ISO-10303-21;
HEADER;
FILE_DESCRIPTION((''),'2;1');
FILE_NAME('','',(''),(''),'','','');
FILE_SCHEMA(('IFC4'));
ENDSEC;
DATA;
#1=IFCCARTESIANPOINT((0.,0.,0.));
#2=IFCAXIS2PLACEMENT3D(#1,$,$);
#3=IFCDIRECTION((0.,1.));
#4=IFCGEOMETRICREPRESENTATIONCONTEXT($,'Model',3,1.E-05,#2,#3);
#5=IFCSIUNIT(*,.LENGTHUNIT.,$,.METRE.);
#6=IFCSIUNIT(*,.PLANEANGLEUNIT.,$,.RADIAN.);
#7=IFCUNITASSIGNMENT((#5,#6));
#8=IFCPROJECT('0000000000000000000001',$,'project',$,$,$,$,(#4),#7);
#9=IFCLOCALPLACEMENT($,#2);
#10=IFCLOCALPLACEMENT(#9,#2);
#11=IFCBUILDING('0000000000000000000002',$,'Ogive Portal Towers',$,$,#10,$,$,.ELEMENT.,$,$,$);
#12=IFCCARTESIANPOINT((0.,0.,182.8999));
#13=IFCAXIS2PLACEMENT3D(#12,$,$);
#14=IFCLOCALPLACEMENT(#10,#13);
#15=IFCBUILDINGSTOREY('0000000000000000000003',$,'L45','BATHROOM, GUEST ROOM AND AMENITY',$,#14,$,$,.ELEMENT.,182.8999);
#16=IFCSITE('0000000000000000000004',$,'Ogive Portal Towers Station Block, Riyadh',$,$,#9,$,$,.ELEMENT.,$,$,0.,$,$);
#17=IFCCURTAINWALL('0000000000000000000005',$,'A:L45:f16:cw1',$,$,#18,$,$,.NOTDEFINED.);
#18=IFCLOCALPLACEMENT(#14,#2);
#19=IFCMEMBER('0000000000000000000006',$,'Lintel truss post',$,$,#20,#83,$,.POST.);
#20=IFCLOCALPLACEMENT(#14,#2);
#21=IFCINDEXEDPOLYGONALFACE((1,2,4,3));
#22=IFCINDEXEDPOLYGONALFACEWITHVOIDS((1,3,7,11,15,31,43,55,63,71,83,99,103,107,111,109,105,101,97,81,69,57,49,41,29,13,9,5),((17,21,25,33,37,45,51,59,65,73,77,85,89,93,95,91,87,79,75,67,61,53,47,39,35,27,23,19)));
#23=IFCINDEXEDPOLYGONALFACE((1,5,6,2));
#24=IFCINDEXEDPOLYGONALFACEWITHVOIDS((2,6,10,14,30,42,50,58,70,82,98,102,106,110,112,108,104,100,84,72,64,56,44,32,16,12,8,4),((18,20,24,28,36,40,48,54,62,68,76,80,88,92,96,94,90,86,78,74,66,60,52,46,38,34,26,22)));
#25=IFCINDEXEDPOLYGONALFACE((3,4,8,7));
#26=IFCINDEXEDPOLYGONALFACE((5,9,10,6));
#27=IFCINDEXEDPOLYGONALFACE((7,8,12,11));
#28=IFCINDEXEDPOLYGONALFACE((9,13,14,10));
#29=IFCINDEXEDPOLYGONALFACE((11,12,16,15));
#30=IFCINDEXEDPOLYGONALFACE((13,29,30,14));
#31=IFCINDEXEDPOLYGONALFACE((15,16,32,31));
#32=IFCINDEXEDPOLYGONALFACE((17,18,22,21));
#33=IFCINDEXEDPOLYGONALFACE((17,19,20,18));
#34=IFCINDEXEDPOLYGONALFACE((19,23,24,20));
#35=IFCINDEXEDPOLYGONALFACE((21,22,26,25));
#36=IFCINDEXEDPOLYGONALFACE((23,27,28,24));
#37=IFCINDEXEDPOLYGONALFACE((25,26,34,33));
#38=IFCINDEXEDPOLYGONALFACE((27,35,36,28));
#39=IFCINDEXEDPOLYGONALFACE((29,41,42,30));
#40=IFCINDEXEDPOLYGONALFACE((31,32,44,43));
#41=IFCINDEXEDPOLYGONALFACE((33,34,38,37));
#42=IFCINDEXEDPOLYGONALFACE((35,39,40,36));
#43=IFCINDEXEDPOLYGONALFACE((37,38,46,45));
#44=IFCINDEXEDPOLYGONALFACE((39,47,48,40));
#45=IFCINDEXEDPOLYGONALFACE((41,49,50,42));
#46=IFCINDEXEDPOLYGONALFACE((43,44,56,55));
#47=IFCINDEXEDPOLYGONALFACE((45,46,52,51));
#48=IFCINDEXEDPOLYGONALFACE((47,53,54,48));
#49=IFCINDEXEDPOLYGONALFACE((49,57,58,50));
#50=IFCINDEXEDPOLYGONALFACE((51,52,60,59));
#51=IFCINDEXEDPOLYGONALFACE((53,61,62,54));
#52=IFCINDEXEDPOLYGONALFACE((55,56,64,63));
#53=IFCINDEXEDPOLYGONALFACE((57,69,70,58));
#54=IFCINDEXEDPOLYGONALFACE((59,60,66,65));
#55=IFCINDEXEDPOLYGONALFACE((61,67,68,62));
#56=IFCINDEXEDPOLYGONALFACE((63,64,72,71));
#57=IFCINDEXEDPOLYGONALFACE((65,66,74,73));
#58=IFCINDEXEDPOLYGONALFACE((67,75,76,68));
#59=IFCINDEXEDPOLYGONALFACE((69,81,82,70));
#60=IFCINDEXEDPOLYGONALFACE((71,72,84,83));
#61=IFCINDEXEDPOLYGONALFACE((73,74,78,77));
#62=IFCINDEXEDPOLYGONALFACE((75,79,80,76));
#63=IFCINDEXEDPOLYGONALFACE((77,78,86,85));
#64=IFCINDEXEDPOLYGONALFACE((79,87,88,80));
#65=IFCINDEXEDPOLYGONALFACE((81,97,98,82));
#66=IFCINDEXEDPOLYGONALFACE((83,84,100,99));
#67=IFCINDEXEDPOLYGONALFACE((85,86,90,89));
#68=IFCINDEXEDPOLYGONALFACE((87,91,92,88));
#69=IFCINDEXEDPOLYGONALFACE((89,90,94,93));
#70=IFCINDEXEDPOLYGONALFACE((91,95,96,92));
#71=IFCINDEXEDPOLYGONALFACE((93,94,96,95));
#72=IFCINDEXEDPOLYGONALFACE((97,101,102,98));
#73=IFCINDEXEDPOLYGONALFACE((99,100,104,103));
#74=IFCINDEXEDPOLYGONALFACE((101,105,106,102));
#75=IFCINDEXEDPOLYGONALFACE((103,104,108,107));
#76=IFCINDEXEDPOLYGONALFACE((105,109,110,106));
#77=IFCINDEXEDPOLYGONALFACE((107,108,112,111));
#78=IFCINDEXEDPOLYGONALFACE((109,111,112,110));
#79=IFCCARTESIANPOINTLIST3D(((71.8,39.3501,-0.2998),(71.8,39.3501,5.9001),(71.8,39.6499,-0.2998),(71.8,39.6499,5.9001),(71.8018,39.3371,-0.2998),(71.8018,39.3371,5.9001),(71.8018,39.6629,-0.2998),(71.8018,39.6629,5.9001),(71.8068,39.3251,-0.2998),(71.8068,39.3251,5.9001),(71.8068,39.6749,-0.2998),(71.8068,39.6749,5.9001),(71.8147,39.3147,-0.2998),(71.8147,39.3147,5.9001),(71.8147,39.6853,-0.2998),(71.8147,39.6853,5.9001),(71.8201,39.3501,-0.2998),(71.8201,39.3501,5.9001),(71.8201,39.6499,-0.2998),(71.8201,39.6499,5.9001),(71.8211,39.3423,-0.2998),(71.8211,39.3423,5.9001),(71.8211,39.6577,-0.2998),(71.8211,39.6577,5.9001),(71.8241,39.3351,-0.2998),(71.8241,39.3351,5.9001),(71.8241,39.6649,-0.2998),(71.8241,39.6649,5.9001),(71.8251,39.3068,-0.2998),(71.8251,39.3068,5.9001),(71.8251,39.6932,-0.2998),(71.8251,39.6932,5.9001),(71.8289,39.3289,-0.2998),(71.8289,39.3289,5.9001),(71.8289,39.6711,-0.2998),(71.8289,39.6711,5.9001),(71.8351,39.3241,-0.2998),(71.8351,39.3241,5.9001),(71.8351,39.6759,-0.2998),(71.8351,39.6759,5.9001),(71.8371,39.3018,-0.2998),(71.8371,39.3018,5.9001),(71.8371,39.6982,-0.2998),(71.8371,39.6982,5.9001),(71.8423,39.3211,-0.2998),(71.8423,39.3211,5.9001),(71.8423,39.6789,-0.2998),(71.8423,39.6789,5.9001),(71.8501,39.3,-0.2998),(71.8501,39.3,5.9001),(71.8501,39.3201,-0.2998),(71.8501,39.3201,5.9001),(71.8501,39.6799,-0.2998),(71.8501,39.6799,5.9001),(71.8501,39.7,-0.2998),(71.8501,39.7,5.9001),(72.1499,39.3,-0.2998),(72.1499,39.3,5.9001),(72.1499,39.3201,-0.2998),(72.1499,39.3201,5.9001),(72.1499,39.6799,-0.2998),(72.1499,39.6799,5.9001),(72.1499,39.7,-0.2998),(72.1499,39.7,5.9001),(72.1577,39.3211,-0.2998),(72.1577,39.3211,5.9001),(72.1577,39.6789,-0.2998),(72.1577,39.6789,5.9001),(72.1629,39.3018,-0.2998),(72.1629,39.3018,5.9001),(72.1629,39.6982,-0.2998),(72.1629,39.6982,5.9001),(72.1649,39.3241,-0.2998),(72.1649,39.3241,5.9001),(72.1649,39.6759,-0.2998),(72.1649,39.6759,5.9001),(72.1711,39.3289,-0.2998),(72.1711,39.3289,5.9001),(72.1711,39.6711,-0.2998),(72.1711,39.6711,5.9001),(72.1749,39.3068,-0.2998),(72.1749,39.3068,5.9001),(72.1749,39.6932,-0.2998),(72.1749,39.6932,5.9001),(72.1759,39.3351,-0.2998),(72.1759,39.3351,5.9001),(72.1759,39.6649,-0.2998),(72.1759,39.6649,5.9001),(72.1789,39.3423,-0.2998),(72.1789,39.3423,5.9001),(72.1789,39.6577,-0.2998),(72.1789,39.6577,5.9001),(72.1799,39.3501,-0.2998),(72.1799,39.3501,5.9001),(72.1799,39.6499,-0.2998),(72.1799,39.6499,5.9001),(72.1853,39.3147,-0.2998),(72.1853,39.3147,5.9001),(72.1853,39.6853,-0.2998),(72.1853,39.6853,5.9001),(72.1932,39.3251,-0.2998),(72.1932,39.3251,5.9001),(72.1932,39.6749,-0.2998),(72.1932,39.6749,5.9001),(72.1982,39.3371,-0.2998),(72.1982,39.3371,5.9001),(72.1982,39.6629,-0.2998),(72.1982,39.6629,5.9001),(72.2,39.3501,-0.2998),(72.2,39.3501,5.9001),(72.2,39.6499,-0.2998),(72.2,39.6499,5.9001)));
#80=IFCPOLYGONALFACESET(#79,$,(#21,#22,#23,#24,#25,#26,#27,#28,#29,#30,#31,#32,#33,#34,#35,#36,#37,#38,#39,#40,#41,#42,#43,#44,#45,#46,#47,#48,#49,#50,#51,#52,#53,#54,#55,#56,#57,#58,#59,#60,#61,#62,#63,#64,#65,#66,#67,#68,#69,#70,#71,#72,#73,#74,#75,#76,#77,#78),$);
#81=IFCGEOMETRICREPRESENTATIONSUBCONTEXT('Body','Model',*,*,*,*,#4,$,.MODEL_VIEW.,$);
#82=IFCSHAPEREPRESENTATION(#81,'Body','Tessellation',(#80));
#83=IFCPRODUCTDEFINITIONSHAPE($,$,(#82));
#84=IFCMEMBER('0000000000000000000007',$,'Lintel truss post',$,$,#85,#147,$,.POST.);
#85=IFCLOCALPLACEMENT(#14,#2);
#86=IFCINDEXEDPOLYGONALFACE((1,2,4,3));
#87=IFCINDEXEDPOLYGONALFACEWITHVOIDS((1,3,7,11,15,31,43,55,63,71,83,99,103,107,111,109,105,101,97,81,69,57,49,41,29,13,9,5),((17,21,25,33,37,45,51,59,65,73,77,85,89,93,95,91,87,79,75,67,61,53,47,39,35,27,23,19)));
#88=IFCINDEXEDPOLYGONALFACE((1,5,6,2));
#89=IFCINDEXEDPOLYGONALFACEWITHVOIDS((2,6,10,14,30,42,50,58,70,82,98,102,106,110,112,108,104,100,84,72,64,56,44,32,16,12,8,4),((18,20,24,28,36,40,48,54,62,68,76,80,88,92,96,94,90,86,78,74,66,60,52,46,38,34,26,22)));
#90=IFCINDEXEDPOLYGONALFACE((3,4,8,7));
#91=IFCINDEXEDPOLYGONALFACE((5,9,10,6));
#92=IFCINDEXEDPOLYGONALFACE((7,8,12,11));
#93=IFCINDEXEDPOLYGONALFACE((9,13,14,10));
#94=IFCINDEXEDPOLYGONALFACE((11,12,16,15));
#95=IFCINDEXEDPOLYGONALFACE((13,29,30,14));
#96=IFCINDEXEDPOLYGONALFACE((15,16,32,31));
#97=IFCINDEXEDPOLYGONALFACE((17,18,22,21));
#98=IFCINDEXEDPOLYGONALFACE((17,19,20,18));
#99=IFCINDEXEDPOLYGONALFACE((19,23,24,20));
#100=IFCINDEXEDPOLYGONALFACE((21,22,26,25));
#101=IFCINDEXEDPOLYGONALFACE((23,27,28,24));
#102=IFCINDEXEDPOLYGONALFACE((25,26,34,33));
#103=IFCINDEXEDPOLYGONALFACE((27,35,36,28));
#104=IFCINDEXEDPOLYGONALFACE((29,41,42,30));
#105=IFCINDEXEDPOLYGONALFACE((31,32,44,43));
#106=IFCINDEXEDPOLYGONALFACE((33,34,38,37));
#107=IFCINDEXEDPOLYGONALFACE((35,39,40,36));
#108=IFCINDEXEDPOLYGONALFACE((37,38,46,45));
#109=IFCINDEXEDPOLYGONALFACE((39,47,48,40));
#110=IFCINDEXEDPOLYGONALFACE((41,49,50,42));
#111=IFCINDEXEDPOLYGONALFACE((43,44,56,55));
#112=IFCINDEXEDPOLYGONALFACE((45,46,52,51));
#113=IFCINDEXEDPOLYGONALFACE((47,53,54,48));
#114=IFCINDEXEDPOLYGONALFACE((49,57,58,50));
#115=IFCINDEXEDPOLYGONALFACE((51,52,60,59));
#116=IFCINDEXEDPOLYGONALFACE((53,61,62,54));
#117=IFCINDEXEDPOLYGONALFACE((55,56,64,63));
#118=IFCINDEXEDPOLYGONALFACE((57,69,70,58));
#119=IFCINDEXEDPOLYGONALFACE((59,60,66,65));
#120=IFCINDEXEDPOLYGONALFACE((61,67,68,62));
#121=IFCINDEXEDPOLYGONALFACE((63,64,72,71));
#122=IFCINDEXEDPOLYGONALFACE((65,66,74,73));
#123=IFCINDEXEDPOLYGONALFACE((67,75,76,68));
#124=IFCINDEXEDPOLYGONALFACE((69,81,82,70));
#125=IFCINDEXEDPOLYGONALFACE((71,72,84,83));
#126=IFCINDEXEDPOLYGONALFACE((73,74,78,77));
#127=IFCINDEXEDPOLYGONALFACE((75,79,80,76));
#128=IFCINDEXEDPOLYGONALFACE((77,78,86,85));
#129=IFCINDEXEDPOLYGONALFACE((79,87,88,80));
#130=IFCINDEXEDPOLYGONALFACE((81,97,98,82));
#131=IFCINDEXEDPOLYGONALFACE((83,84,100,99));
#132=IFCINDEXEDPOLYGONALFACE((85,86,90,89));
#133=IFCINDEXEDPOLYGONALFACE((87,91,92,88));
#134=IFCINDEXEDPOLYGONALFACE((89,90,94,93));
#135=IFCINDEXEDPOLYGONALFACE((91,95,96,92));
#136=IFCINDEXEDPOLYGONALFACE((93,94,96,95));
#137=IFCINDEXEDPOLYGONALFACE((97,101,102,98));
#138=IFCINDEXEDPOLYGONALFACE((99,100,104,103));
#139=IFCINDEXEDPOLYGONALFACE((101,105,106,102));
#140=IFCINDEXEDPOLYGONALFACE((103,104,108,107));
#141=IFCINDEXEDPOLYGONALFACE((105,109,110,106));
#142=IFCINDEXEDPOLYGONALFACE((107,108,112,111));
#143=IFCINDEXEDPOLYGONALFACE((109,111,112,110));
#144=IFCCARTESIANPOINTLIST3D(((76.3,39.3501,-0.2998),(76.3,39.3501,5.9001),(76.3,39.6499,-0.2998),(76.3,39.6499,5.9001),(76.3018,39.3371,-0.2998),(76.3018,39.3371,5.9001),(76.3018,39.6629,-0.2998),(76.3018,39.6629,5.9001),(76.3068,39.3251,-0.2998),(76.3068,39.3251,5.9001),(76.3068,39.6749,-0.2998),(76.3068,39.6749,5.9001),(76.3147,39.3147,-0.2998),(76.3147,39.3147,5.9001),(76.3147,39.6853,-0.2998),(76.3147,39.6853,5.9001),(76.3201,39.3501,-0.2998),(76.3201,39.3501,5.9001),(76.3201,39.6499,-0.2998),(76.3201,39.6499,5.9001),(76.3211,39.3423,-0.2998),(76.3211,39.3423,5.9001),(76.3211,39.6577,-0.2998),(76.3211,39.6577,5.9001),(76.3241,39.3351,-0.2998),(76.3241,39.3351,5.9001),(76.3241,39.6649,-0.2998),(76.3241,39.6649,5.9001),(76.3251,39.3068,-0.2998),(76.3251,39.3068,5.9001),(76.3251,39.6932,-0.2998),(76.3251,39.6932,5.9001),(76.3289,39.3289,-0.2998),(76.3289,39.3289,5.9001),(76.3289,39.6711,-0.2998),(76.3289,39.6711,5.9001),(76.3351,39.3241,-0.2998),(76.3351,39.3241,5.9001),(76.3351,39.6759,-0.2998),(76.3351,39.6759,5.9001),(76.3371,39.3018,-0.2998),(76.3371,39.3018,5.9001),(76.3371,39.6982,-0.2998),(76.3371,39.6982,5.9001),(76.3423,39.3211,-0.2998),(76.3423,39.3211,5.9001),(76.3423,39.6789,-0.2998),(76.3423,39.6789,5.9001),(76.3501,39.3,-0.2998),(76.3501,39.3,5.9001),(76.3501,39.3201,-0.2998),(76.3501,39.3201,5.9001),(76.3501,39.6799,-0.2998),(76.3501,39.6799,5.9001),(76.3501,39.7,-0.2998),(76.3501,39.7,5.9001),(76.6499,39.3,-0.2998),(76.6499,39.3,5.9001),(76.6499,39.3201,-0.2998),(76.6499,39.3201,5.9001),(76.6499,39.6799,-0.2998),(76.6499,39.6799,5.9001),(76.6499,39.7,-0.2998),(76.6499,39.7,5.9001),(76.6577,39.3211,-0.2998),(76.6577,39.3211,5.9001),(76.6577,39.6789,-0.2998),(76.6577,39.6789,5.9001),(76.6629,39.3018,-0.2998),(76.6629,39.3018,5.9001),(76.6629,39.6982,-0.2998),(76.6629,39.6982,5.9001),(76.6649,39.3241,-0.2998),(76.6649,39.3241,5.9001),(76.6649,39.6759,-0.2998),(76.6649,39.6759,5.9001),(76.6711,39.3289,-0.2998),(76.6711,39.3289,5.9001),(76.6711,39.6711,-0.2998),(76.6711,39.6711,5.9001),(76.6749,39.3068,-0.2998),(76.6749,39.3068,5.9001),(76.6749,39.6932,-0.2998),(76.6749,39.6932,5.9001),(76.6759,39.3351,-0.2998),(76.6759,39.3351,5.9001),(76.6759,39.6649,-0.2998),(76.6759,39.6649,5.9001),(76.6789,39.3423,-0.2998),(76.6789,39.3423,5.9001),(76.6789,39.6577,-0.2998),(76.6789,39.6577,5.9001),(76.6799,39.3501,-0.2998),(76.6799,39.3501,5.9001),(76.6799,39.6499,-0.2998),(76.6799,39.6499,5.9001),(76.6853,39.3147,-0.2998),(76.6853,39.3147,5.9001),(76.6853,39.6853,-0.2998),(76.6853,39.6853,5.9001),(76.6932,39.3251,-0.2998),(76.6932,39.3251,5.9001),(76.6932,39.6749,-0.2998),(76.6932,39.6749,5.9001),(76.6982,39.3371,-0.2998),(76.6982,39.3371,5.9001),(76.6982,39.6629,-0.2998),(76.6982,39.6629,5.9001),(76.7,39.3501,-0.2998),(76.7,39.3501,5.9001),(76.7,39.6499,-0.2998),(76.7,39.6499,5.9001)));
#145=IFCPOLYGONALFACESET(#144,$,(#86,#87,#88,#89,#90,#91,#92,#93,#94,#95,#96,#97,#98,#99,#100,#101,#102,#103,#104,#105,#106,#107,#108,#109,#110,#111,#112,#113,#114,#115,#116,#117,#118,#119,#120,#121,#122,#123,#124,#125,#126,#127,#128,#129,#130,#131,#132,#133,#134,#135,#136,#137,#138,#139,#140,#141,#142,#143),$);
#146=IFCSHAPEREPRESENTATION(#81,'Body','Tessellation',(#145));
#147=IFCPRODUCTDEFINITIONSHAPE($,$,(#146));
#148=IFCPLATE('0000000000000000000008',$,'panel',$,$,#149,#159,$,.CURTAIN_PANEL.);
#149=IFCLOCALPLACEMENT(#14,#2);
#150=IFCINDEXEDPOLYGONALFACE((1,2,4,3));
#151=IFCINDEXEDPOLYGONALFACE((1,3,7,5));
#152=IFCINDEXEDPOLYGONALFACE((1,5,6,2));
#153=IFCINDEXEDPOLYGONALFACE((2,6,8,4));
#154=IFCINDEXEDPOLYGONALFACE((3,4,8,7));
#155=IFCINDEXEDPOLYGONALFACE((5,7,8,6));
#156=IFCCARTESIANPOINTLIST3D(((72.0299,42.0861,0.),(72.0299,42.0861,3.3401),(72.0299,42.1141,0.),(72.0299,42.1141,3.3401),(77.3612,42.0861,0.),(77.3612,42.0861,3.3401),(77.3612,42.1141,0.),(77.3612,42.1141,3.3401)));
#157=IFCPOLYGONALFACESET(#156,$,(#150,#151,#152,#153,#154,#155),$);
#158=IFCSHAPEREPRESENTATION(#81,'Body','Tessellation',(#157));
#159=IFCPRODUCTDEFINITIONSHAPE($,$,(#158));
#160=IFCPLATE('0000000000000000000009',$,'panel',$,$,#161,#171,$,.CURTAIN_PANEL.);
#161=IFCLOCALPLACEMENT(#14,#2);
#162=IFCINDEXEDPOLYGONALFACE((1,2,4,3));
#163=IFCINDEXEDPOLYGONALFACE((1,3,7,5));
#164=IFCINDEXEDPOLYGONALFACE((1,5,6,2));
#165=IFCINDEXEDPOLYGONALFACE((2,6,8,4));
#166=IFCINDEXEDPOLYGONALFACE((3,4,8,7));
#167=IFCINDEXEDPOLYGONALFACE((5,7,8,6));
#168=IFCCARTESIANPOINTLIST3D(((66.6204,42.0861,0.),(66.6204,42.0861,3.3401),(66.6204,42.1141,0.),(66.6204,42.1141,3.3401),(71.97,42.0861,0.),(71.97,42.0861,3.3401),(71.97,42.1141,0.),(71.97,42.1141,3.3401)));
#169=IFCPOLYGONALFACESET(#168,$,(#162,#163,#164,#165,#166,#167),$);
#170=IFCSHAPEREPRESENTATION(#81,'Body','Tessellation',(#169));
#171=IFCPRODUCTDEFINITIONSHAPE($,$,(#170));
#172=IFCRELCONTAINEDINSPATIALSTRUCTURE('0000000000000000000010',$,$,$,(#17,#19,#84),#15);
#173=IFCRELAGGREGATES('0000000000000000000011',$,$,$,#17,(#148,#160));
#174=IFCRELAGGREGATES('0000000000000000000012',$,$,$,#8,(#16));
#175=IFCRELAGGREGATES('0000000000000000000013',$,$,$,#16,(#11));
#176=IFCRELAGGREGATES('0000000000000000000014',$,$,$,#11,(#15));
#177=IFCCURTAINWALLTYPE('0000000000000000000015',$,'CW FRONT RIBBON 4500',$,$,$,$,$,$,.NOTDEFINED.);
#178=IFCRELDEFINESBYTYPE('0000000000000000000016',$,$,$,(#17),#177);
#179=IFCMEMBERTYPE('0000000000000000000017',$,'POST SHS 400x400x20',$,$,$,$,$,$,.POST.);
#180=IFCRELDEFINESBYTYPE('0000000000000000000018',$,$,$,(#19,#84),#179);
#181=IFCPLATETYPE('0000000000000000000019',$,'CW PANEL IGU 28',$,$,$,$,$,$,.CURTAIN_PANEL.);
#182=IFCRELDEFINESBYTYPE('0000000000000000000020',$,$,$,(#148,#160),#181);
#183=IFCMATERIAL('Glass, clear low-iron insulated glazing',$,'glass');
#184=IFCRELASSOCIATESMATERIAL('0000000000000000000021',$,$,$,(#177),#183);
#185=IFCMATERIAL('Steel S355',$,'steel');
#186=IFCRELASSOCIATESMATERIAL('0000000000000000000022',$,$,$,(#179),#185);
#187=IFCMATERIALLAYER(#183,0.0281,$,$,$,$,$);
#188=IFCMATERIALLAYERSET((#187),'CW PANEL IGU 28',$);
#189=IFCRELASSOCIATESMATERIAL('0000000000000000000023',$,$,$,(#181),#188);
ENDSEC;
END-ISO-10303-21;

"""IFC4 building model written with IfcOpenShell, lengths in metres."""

from ifc_helpers import new_model, si_unit, direction, frame, origin, origin_2d, place, context, subcontext, project, spatial, rectangle, hollow_rectangle, extrude, material, layer, layer_set, material_profile, profile_set, type_object, element, aggregate, save


model = new_model("IFC4")

# Units and contexts
model_context = context("Model", 3, precision=1e-05, world=origin(), true_north=direction((0.0, 1.0)))
body_context = subcontext(model_context, "Body", "Model", "MODEL_VIEW")
ifc_project = project(units=[si_unit("LENGTHUNIT", "METRE"), si_unit("PLANEANGLEUNIT", "RADIAN")], contexts=[model_context])

# Site, building, storey
site_placement = place(None, origin())
site = spatial("IfcSite", under=ifc_project, at=site_placement, Name="Ogive Portal Towers Station Block, Riyadh", CompositionType="ELEMENT", RefElevation=0.0)
building_placement = place(site_placement, origin())
building = spatial("IfcBuilding", under=site, at=building_placement, Name="Ogive Portal Towers", CompositionType="ELEMENT")
storey_placement = place(building_placement, frame((0.0, 0.0, 182.8999)))
storey = spatial("IfcBuildingStorey", under=building, at=storey_placement, Name="L45", Description="BATHROOM, GUEST ROOM AND AMENITY", CompositionType="ELEMENT", Elevation=182.8999)

# Shared definitions
ifc_material_1 = material(Name="Steel S355", Category="steel")

# Curtain wall
ifc_material_2 = material(Name="Glass, clear low-iron insulated glazing", Category="glass")
curtain_wall_type = type_object("IfcCurtainWallType", Name="CW FRONT RIBBON 4500", PredefinedType="NOTDEFINED", material=ifc_material_2)
curtain_wall_placement = place(storey_placement, origin())
curtain_wall = element("IfcCurtainWall", 1, at=curtain_wall_placement, inside=storey, type_object=curtain_wall_type, Name="A:L45:f16:cw1", PredefinedType="NOTDEFINED")

# Members
ifc_material_profile_1 = material_profile(ifc_material_1, hollow_rectangle(XDim=0.3999, YDim=0.3999, WallThickness=0.02, InnerFilletRadius=0.03, OuterFilletRadius=0.05, at=origin_2d()), Name="SHS 400x400x20")
ifc_profile_set_1 = profile_set([ifc_material_profile_1], Name="Steel S355")
member_type_1 = type_object("IfcMemberType", Name="POST SHS 400x400x20", PredefinedType="POST", material=ifc_profile_set_1)
for number, where, z_axis, x_axis, name in (
    (2, (72.0, 39.5, -0.2998), (0.0, 0.0, 1.0), (1.0, 0.0, 0.0), "Lintel truss post"),
    (3, (76.5, 39.5, -0.2998), (0.0, 0.0, 1.0), (1.0, 0.0, 0.0), "Lintel truss post"),
):
    element("IfcMember", number, at=place(storey_placement, frame(where, z_axis=z_axis, x_axis=x_axis)), inside=storey, type_object=member_type_1, Name=name, PredefinedType="POST", context=body_context, shape_type="SweptSolid", body=[
        extrude(hollow_rectangle(XDim=0.3999, YDim=0.3999, WallThickness=0.02, InnerFilletRadius=0.03, OuterFilletRadius=0.05, at=origin_2d()), origin(), (0.0, 0.0, 1.0), 6.2),
    ])

# Plates
ifc_layer_1 = layer(ifc_material_2, 0.0281)
ifc_layer_set_1 = layer_set([ifc_layer_1], Name="CW PANEL IGU 28")
plate_type = type_object("IfcPlateType", Name="CW PANEL IGU 28", PredefinedType="CURTAIN_PANEL", material=ifc_layer_set_1)
plate_1_placement = place(storey_placement, frame((74.6956, 42.1001, 0.0), z_axis=(0.0, 0.0, 1.0), x_axis=(-1.0, 0.0, 0.0)))
plate_1 = element("IfcPlate", 4, at=plate_1_placement, type_object=plate_type, Name="panel", PredefinedType="CURTAIN_PANEL", context=body_context, shape_type="SweptSolid", body=[
    extrude(rectangle(XDim=5.3313, YDim=0.0281, at=origin_2d()), origin(), (0.0, 0.0, 1.0), 3.3401),
])
plate_2_placement = place(storey_placement, frame((69.2952, 42.1001, 0.0), z_axis=(0.0, 0.0, 1.0), x_axis=(-1.0, 0.0, 0.0)))
plate_2 = element("IfcPlate", 5, at=plate_2_placement, type_object=plate_type, Name="panel", PredefinedType="CURTAIN_PANEL", context=body_context, shape_type="SweptSolid", body=[
    extrude(rectangle(XDim=5.3496, YDim=0.0281, at=origin_2d()), origin(), (0.0, 0.0, 1.0), 3.3401),
])
aggregate(curtain_wall, [plate_1, plate_2])

save(model, "model.ifc")
